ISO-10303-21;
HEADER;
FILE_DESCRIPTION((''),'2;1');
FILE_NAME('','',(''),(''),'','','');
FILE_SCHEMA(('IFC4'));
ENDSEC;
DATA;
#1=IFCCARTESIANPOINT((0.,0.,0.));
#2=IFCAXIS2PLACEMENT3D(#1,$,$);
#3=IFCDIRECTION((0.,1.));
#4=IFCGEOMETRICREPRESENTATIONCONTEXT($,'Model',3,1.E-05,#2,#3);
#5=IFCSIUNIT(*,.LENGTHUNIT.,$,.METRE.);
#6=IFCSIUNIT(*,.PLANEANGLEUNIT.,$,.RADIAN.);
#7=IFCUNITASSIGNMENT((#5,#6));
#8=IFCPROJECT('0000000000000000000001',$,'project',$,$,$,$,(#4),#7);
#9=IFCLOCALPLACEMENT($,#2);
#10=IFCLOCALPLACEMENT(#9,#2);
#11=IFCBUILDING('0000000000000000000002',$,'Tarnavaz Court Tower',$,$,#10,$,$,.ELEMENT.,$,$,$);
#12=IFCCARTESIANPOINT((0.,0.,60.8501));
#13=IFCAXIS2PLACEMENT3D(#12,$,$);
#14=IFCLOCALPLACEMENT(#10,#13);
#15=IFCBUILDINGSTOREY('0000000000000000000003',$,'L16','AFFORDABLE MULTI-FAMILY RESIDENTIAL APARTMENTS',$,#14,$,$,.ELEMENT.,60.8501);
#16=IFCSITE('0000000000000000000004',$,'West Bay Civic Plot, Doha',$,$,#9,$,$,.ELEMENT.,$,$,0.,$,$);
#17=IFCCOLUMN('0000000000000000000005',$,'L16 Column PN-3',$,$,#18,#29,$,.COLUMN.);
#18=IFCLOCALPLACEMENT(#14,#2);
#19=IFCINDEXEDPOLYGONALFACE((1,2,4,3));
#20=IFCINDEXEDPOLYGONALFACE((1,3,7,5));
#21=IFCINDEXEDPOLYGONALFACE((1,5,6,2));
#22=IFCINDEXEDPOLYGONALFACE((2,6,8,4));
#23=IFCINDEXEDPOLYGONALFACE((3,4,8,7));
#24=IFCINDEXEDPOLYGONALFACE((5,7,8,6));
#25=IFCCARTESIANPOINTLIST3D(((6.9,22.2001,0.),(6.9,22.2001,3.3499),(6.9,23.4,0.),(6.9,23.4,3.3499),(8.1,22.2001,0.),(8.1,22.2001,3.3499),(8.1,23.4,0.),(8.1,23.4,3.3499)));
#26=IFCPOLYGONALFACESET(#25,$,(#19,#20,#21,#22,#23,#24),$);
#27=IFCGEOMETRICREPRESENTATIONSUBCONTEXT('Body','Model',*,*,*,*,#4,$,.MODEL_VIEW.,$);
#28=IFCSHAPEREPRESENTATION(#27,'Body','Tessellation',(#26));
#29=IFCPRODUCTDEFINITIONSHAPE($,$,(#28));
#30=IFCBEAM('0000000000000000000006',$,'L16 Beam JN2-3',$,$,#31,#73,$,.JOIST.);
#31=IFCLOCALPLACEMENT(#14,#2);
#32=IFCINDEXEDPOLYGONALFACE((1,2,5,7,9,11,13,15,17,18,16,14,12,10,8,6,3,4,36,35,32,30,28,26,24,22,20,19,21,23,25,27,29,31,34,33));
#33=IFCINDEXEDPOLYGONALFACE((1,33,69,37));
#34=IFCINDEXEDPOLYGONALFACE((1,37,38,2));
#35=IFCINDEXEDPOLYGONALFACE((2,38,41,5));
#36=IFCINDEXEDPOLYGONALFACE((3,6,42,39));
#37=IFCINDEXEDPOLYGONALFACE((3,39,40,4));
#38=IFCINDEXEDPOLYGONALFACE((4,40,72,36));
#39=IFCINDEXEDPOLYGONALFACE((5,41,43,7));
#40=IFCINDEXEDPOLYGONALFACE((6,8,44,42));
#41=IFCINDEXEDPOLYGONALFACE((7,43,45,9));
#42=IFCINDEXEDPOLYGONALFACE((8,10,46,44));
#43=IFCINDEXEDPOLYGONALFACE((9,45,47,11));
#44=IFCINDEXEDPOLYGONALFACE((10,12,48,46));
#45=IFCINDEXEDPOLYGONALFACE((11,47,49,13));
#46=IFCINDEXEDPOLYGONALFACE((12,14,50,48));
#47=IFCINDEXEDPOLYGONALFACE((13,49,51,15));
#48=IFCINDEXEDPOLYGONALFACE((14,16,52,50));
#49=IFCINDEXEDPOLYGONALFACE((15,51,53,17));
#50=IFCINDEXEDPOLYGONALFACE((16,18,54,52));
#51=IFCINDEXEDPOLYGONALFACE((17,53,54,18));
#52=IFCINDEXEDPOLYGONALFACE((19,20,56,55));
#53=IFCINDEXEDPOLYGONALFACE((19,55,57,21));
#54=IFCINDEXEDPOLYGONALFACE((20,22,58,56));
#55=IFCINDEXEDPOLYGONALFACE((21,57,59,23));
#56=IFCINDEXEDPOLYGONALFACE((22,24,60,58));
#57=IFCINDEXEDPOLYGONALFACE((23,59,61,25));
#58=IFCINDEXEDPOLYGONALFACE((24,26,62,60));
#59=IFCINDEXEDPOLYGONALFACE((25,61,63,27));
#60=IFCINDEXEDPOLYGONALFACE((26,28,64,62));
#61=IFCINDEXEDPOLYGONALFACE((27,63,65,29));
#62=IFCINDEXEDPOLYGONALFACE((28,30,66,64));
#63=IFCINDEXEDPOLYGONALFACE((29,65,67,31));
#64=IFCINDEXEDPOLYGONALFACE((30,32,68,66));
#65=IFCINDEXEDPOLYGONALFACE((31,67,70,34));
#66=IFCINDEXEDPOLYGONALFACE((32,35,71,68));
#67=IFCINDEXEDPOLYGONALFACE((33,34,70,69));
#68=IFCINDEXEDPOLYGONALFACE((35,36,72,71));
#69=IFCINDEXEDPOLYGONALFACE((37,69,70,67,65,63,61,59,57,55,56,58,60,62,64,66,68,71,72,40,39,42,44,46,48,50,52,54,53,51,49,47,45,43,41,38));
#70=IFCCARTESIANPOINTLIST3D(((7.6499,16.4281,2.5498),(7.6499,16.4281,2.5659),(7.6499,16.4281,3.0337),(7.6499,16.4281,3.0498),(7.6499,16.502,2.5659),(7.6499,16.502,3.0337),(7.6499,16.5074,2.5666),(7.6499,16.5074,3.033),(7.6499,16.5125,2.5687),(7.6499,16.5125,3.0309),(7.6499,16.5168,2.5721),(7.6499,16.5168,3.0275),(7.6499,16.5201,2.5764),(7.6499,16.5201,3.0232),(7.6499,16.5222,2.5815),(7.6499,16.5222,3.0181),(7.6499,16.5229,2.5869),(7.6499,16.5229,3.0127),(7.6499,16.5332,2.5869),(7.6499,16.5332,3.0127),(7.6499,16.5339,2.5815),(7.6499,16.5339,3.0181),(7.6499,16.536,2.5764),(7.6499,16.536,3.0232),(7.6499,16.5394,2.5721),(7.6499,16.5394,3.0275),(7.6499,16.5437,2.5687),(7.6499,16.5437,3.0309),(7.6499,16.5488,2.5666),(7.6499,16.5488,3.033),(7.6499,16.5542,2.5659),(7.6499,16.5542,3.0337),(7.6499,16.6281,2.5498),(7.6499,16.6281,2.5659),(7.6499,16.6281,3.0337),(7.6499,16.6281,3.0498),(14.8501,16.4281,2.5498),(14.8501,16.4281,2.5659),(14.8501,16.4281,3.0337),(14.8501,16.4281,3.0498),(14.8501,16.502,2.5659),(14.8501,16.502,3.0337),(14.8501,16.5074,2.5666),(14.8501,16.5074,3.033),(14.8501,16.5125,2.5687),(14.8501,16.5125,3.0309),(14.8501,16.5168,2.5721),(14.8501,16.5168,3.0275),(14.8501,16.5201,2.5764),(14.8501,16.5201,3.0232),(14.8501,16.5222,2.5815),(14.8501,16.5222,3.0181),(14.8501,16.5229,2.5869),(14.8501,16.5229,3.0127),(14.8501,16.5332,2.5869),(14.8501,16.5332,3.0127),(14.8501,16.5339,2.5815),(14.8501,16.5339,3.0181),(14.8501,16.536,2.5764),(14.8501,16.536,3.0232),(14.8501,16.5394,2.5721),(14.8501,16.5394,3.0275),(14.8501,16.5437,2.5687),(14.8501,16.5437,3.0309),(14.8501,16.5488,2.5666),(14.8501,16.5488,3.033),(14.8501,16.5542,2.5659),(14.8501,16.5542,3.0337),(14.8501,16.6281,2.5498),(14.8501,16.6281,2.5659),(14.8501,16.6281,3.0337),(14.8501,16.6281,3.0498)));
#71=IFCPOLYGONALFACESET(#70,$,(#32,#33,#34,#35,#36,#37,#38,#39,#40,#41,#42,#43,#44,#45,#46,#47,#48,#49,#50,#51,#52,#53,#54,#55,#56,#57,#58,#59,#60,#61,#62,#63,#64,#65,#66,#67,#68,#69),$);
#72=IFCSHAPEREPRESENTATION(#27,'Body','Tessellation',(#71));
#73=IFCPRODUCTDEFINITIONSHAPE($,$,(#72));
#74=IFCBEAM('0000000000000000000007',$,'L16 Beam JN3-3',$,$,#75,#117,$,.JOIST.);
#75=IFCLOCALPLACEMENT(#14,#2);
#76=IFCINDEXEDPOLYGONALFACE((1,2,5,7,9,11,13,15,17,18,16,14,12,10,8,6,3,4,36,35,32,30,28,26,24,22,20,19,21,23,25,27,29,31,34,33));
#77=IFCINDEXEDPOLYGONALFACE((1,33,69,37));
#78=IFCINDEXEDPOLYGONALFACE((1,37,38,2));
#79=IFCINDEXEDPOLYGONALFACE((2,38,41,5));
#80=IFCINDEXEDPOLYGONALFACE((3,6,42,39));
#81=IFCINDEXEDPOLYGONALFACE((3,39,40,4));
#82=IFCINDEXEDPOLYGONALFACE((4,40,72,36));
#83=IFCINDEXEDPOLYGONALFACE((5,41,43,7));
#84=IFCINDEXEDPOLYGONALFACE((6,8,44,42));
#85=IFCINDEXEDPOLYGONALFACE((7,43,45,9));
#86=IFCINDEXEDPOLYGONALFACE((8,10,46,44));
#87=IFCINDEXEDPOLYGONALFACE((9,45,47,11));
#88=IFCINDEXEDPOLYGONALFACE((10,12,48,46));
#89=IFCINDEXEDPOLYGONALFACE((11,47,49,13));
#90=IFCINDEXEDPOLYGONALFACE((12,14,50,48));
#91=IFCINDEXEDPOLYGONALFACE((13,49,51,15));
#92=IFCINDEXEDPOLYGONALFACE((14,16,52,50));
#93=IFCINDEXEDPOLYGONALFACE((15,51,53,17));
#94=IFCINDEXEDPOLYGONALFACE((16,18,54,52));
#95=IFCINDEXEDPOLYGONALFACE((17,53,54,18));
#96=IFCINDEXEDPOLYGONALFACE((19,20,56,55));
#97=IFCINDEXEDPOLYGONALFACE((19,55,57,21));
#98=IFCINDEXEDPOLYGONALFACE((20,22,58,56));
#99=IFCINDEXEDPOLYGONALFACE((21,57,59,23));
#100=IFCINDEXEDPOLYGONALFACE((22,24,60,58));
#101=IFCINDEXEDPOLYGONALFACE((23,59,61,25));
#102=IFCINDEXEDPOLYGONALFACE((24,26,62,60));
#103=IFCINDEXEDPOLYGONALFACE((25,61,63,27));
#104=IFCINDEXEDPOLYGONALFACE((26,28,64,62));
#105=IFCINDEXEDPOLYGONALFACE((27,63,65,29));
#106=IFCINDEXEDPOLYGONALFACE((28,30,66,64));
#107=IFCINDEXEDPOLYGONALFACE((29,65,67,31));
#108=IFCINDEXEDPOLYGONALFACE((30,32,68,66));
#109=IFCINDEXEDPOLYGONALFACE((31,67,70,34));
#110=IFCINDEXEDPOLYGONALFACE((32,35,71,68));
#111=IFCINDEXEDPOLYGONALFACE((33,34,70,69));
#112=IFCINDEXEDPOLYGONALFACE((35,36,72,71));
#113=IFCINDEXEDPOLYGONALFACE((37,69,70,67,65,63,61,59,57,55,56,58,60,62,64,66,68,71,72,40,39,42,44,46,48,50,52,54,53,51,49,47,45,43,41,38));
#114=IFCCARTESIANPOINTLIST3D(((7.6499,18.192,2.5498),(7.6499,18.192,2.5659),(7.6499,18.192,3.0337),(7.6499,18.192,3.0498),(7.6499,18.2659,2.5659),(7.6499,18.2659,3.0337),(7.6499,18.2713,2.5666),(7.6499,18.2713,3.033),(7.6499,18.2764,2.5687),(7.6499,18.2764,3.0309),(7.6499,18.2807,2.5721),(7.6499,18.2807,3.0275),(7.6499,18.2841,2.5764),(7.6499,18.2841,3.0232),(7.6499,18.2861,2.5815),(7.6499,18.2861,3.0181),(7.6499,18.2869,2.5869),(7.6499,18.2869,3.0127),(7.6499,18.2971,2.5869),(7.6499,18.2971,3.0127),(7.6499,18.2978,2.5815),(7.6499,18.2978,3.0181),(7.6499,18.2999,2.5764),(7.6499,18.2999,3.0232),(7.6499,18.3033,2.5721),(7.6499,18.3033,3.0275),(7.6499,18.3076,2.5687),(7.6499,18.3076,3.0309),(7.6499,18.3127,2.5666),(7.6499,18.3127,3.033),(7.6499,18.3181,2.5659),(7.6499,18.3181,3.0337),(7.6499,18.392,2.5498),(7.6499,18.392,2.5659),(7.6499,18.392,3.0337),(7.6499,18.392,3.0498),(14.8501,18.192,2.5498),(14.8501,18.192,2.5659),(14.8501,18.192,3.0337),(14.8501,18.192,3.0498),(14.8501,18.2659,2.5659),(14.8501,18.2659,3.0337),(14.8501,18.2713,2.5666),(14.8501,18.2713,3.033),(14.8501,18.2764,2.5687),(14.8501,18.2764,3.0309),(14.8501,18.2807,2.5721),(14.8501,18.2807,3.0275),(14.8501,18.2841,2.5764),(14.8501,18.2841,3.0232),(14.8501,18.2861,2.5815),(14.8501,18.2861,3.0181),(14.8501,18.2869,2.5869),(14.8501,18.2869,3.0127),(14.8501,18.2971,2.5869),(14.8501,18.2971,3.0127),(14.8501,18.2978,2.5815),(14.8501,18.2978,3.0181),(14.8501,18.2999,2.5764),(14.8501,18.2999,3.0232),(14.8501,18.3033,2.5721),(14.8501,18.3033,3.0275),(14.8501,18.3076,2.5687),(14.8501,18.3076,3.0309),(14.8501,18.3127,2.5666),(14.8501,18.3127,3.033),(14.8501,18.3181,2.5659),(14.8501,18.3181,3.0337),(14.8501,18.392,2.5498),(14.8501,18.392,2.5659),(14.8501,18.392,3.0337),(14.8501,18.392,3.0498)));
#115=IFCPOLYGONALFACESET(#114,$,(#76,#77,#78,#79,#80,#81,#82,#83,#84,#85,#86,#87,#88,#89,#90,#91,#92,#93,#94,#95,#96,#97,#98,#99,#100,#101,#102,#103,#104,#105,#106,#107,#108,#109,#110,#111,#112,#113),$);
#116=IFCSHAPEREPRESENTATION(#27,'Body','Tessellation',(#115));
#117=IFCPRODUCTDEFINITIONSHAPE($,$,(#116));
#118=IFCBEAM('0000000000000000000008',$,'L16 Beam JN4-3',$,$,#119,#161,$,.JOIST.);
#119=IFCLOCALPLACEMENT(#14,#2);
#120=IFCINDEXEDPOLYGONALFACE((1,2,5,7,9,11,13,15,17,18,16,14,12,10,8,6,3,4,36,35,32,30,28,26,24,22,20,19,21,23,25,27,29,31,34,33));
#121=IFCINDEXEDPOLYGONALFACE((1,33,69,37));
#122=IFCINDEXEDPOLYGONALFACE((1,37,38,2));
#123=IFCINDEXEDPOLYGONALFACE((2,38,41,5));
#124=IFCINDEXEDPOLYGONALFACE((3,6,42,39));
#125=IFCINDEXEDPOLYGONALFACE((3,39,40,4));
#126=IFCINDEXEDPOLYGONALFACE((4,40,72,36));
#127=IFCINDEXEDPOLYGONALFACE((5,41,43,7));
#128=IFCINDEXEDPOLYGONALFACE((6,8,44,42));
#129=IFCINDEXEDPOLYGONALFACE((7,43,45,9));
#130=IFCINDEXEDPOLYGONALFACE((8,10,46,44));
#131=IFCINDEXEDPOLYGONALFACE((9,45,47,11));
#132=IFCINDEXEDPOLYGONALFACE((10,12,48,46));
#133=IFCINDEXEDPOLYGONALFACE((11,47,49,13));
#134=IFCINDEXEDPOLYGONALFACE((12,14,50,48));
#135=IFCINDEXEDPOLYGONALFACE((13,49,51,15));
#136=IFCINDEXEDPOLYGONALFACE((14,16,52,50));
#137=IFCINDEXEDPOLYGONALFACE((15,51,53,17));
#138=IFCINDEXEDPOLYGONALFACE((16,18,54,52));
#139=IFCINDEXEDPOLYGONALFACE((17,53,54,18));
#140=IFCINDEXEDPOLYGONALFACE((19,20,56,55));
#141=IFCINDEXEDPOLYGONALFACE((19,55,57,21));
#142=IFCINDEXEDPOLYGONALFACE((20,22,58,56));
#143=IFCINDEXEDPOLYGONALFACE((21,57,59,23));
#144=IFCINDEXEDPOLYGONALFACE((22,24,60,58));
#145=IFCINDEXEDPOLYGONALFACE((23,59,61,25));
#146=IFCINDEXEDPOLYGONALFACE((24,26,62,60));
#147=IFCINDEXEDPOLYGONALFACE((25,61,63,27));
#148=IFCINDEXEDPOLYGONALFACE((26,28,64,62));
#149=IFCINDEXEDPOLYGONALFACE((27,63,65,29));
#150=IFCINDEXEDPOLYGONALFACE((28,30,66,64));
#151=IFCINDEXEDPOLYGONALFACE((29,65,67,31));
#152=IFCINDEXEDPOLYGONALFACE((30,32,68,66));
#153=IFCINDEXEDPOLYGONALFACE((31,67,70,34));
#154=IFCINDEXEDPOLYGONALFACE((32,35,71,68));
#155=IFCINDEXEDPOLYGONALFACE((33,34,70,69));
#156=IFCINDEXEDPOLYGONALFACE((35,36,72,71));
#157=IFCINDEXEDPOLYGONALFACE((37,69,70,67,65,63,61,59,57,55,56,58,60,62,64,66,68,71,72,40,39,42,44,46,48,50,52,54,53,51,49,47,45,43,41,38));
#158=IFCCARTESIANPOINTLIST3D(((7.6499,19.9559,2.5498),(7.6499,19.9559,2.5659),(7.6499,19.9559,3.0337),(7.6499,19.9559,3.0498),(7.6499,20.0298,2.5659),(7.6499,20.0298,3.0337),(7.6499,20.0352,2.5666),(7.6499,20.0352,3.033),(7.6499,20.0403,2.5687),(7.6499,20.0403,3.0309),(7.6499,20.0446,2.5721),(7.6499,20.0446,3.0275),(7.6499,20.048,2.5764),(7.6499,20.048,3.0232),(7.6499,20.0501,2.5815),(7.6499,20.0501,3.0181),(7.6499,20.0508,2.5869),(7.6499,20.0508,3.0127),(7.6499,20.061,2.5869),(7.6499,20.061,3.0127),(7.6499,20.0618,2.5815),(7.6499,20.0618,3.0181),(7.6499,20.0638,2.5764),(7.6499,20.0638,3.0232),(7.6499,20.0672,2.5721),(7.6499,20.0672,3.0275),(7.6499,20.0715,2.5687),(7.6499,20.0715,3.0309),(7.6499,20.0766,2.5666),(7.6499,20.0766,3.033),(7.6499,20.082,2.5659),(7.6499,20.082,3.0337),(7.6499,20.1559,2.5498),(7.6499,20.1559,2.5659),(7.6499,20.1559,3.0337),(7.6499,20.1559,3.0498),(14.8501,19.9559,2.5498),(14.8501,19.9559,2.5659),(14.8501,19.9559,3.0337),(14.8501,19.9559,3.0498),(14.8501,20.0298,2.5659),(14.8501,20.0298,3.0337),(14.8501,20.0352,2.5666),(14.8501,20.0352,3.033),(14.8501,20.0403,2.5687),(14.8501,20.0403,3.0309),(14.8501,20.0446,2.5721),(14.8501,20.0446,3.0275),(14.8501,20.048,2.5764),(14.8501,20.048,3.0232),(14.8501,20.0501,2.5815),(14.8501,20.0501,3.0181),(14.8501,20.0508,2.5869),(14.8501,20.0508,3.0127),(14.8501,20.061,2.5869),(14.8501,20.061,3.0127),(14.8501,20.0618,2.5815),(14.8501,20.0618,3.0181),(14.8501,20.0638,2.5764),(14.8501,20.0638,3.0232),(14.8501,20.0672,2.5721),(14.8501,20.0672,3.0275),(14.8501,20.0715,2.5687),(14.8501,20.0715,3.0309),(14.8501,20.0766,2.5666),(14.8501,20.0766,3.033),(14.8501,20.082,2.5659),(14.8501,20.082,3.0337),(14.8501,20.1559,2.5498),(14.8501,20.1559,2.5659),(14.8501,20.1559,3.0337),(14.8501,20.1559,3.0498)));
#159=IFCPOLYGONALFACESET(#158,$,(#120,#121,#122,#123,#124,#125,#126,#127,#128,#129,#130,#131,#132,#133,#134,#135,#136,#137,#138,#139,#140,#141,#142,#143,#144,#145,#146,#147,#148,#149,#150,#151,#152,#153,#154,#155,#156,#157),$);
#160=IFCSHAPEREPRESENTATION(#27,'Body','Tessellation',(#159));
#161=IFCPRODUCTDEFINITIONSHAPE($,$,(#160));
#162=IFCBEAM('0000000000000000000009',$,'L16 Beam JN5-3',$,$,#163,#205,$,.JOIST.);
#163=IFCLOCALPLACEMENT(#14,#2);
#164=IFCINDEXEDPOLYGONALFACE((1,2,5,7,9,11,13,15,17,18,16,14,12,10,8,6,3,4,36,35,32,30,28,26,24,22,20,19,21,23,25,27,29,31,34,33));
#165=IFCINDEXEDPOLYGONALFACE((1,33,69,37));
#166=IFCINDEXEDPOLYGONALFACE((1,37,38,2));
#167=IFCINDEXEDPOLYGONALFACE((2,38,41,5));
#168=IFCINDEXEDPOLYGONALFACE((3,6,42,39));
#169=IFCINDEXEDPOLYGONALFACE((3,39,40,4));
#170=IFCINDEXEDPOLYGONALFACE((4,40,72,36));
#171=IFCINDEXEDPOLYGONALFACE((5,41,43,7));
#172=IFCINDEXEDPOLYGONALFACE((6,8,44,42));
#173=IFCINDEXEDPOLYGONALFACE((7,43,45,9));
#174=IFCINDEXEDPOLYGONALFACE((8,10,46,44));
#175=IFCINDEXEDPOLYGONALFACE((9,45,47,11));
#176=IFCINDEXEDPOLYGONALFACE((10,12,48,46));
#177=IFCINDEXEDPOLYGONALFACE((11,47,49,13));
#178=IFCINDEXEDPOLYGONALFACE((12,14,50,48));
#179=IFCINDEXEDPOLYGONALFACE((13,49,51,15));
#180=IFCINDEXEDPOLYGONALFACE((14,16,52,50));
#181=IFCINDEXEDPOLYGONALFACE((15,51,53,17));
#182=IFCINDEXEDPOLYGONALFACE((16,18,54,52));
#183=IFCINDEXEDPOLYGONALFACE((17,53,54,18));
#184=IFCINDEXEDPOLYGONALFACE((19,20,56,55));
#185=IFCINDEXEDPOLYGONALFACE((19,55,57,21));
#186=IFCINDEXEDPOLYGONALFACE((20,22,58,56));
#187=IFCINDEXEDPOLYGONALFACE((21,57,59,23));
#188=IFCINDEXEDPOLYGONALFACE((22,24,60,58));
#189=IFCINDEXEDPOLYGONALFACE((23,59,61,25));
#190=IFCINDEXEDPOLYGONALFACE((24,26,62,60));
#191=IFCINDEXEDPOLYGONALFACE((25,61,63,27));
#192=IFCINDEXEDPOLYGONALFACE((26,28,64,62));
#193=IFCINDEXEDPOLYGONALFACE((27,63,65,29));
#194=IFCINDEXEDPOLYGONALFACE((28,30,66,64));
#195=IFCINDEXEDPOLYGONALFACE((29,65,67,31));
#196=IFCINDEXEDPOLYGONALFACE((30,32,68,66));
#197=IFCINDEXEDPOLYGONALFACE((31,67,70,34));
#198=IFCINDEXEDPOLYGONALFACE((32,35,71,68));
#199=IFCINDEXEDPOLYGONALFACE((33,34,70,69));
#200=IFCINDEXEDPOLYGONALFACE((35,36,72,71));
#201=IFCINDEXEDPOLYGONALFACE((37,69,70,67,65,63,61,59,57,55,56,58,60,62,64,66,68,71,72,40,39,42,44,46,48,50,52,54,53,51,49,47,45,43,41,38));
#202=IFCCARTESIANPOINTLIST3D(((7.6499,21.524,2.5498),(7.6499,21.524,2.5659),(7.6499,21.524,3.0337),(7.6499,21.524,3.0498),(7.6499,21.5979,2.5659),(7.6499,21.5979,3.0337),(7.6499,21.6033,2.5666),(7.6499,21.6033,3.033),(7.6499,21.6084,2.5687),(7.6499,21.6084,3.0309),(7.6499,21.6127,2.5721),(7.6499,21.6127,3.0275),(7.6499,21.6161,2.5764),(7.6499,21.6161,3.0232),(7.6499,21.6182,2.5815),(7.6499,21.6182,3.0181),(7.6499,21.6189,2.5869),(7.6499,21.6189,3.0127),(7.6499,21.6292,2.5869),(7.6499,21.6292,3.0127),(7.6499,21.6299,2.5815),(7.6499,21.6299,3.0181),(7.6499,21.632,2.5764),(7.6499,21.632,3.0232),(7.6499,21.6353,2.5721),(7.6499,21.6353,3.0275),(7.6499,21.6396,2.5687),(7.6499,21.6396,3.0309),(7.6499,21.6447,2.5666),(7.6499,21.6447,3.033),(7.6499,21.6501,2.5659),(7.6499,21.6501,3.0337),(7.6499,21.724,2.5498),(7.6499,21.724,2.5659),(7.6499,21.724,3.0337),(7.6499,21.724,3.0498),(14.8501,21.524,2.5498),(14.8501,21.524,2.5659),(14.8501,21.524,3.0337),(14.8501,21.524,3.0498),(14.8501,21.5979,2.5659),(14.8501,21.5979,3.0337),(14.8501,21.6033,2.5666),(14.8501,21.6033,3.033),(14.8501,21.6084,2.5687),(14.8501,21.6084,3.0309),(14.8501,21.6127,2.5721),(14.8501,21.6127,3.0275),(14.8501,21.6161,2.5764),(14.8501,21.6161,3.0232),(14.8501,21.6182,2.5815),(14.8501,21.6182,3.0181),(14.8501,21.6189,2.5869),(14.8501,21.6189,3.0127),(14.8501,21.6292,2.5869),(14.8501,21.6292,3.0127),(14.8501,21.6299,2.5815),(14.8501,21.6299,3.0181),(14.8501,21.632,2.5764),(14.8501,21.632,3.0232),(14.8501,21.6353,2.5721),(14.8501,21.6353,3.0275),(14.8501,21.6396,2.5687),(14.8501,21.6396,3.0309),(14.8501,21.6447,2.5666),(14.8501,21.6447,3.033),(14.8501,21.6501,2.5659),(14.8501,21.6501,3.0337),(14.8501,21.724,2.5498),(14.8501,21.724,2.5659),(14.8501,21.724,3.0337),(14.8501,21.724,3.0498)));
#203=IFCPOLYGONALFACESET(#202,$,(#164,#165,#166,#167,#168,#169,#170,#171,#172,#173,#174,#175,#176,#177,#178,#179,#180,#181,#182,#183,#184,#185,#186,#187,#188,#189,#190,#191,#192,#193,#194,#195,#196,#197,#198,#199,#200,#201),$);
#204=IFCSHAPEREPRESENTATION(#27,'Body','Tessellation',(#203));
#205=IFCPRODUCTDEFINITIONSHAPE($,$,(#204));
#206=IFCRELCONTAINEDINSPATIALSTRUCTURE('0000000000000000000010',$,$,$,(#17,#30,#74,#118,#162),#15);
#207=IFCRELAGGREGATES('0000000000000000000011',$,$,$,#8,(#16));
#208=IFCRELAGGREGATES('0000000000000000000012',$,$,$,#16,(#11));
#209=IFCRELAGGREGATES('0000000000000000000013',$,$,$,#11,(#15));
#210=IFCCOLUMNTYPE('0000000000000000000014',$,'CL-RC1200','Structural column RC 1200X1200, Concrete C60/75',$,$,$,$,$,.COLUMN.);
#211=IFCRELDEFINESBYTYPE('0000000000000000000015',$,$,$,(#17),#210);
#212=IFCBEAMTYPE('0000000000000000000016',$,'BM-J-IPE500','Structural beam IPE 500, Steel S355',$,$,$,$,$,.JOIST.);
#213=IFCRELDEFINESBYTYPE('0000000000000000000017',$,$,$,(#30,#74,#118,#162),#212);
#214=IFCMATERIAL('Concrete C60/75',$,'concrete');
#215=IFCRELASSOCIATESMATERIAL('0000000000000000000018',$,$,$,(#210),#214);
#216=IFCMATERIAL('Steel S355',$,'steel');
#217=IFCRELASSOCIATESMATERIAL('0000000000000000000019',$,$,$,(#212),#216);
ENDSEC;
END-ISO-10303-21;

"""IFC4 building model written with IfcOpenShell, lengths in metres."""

from ifc_helpers import new_model, si_unit, direction, frame, origin, origin_2d, place, context, subcontext, project, spatial, rectangle, i_section, extrude, material, material_profile, profile_set, type_object, element, save


model = new_model("IFC4")

# Units and contexts
model_context = context("Model", 3, precision=1e-05, world=origin(), true_north=direction((0.0, 1.0)))
body_context = subcontext(model_context, "Body", "Model", "MODEL_VIEW")
ifc_project = project(units=[si_unit("LENGTHUNIT", "METRE"), si_unit("PLANEANGLEUNIT", "RADIAN")], contexts=[model_context])

# Site, building, storey
site_placement = place(None, origin())
site = spatial("IfcSite", under=ifc_project, at=site_placement, Name="West Bay Civic Plot, Doha", CompositionType="ELEMENT", RefElevation=0.0)
building_placement = place(site_placement, origin())
building = spatial("IfcBuilding", under=site, at=building_placement, Name="Tarnavaz Court Tower", CompositionType="ELEMENT")
storey_placement = place(building_placement, frame((0.0, 0.0, 60.8501)))
storey = spatial("IfcBuildingStorey", under=building, at=storey_placement, Name="L16", Description="AFFORDABLE MULTI-FAMILY RESIDENTIAL APARTMENTS", CompositionType="ELEMENT", Elevation=60.8501)

# Column
ifc_material_1 = material(Name="Concrete C60/75", Category="concrete")
ifc_material_profile_1 = material_profile(ifc_material_1, rectangle(XDim=1.2, YDim=1.2, at=origin_2d()), Name="RC 1200X1200")
ifc_profile_set_1 = profile_set([ifc_material_profile_1], Name="Concrete C60/75")
column_type = type_object("IfcColumnType", Name="CL-RC1200", Description="Structural column RC 1200X1200, Concrete C60/75", PredefinedType="COLUMN", material=ifc_profile_set_1)
column_placement = place(storey_placement, frame((7.5, 22.8, 0.0), z_axis=(0.0, 0.0, 1.0), x_axis=(1.0, 0.0, 0.0)))
element("IfcColumn", 1, at=column_placement, inside=storey, type_object=column_type, Name="L16 Column PN-3", PredefinedType="COLUMN", context=body_context, shape_type="SweptSolid", body=[
    extrude(rectangle(XDim=1.2, YDim=1.2, at=origin_2d()), origin(), (0.0, 0.0, 1.0), 3.3499),
])

# Beams
ifc_material_2 = material(Name="Steel S355", Category="steel")
ifc_material_profile_2 = material_profile(ifc_material_2, i_section(OverallWidth=0.2, OverallDepth=0.5, WebThickness=0.0103, FlangeThickness=0.0161, FilletRadius=0.021, at=origin_2d()), Name="IPE 500")
ifc_profile_set_2 = profile_set([ifc_material_profile_2], Name="Steel S355")
beam_type_1 = type_object("IfcBeamType", Name="BM-J-IPE500", Description="Structural beam IPE 500, Steel S355", PredefinedType="JOIST", material=ifc_profile_set_2)
for number, where, z_axis, x_axis, name in (
    (2, (7.6499, 16.5281, 2.7998), (1.0, 0.0, 0.0), (0.0, 1.0, 0.0), "L16 Beam JN2-3"),
    (3, (7.6499, 18.292, 2.7998), (1.0, 0.0, 0.0), (0.0, 1.0, 0.0), "L16 Beam JN3-3"),
    (4, (7.6499, 20.0559, 2.7998), (1.0, 0.0, 0.0), (0.0, 1.0, 0.0), "L16 Beam JN4-3"),
    (5, (7.6499, 21.624, 2.7998), (1.0, 0.0, 0.0), (0.0, 1.0, 0.0), "L16 Beam JN5-3"),
):
    element("IfcBeam", number, at=place(storey_placement, frame(where, z_axis=z_axis, x_axis=x_axis)), inside=storey, type_object=beam_type_1, Name=name, PredefinedType="JOIST", context=body_context, shape_type="SweptSolid", body=[
        extrude(i_section(OverallWidth=0.2, OverallDepth=0.5, WebThickness=0.0103, FlangeThickness=0.0161, FilletRadius=0.021, at=origin_2d()), origin(), (0.0, 0.0, 1.0), 7.2002),
    ])

save(model, "model.ifc")
